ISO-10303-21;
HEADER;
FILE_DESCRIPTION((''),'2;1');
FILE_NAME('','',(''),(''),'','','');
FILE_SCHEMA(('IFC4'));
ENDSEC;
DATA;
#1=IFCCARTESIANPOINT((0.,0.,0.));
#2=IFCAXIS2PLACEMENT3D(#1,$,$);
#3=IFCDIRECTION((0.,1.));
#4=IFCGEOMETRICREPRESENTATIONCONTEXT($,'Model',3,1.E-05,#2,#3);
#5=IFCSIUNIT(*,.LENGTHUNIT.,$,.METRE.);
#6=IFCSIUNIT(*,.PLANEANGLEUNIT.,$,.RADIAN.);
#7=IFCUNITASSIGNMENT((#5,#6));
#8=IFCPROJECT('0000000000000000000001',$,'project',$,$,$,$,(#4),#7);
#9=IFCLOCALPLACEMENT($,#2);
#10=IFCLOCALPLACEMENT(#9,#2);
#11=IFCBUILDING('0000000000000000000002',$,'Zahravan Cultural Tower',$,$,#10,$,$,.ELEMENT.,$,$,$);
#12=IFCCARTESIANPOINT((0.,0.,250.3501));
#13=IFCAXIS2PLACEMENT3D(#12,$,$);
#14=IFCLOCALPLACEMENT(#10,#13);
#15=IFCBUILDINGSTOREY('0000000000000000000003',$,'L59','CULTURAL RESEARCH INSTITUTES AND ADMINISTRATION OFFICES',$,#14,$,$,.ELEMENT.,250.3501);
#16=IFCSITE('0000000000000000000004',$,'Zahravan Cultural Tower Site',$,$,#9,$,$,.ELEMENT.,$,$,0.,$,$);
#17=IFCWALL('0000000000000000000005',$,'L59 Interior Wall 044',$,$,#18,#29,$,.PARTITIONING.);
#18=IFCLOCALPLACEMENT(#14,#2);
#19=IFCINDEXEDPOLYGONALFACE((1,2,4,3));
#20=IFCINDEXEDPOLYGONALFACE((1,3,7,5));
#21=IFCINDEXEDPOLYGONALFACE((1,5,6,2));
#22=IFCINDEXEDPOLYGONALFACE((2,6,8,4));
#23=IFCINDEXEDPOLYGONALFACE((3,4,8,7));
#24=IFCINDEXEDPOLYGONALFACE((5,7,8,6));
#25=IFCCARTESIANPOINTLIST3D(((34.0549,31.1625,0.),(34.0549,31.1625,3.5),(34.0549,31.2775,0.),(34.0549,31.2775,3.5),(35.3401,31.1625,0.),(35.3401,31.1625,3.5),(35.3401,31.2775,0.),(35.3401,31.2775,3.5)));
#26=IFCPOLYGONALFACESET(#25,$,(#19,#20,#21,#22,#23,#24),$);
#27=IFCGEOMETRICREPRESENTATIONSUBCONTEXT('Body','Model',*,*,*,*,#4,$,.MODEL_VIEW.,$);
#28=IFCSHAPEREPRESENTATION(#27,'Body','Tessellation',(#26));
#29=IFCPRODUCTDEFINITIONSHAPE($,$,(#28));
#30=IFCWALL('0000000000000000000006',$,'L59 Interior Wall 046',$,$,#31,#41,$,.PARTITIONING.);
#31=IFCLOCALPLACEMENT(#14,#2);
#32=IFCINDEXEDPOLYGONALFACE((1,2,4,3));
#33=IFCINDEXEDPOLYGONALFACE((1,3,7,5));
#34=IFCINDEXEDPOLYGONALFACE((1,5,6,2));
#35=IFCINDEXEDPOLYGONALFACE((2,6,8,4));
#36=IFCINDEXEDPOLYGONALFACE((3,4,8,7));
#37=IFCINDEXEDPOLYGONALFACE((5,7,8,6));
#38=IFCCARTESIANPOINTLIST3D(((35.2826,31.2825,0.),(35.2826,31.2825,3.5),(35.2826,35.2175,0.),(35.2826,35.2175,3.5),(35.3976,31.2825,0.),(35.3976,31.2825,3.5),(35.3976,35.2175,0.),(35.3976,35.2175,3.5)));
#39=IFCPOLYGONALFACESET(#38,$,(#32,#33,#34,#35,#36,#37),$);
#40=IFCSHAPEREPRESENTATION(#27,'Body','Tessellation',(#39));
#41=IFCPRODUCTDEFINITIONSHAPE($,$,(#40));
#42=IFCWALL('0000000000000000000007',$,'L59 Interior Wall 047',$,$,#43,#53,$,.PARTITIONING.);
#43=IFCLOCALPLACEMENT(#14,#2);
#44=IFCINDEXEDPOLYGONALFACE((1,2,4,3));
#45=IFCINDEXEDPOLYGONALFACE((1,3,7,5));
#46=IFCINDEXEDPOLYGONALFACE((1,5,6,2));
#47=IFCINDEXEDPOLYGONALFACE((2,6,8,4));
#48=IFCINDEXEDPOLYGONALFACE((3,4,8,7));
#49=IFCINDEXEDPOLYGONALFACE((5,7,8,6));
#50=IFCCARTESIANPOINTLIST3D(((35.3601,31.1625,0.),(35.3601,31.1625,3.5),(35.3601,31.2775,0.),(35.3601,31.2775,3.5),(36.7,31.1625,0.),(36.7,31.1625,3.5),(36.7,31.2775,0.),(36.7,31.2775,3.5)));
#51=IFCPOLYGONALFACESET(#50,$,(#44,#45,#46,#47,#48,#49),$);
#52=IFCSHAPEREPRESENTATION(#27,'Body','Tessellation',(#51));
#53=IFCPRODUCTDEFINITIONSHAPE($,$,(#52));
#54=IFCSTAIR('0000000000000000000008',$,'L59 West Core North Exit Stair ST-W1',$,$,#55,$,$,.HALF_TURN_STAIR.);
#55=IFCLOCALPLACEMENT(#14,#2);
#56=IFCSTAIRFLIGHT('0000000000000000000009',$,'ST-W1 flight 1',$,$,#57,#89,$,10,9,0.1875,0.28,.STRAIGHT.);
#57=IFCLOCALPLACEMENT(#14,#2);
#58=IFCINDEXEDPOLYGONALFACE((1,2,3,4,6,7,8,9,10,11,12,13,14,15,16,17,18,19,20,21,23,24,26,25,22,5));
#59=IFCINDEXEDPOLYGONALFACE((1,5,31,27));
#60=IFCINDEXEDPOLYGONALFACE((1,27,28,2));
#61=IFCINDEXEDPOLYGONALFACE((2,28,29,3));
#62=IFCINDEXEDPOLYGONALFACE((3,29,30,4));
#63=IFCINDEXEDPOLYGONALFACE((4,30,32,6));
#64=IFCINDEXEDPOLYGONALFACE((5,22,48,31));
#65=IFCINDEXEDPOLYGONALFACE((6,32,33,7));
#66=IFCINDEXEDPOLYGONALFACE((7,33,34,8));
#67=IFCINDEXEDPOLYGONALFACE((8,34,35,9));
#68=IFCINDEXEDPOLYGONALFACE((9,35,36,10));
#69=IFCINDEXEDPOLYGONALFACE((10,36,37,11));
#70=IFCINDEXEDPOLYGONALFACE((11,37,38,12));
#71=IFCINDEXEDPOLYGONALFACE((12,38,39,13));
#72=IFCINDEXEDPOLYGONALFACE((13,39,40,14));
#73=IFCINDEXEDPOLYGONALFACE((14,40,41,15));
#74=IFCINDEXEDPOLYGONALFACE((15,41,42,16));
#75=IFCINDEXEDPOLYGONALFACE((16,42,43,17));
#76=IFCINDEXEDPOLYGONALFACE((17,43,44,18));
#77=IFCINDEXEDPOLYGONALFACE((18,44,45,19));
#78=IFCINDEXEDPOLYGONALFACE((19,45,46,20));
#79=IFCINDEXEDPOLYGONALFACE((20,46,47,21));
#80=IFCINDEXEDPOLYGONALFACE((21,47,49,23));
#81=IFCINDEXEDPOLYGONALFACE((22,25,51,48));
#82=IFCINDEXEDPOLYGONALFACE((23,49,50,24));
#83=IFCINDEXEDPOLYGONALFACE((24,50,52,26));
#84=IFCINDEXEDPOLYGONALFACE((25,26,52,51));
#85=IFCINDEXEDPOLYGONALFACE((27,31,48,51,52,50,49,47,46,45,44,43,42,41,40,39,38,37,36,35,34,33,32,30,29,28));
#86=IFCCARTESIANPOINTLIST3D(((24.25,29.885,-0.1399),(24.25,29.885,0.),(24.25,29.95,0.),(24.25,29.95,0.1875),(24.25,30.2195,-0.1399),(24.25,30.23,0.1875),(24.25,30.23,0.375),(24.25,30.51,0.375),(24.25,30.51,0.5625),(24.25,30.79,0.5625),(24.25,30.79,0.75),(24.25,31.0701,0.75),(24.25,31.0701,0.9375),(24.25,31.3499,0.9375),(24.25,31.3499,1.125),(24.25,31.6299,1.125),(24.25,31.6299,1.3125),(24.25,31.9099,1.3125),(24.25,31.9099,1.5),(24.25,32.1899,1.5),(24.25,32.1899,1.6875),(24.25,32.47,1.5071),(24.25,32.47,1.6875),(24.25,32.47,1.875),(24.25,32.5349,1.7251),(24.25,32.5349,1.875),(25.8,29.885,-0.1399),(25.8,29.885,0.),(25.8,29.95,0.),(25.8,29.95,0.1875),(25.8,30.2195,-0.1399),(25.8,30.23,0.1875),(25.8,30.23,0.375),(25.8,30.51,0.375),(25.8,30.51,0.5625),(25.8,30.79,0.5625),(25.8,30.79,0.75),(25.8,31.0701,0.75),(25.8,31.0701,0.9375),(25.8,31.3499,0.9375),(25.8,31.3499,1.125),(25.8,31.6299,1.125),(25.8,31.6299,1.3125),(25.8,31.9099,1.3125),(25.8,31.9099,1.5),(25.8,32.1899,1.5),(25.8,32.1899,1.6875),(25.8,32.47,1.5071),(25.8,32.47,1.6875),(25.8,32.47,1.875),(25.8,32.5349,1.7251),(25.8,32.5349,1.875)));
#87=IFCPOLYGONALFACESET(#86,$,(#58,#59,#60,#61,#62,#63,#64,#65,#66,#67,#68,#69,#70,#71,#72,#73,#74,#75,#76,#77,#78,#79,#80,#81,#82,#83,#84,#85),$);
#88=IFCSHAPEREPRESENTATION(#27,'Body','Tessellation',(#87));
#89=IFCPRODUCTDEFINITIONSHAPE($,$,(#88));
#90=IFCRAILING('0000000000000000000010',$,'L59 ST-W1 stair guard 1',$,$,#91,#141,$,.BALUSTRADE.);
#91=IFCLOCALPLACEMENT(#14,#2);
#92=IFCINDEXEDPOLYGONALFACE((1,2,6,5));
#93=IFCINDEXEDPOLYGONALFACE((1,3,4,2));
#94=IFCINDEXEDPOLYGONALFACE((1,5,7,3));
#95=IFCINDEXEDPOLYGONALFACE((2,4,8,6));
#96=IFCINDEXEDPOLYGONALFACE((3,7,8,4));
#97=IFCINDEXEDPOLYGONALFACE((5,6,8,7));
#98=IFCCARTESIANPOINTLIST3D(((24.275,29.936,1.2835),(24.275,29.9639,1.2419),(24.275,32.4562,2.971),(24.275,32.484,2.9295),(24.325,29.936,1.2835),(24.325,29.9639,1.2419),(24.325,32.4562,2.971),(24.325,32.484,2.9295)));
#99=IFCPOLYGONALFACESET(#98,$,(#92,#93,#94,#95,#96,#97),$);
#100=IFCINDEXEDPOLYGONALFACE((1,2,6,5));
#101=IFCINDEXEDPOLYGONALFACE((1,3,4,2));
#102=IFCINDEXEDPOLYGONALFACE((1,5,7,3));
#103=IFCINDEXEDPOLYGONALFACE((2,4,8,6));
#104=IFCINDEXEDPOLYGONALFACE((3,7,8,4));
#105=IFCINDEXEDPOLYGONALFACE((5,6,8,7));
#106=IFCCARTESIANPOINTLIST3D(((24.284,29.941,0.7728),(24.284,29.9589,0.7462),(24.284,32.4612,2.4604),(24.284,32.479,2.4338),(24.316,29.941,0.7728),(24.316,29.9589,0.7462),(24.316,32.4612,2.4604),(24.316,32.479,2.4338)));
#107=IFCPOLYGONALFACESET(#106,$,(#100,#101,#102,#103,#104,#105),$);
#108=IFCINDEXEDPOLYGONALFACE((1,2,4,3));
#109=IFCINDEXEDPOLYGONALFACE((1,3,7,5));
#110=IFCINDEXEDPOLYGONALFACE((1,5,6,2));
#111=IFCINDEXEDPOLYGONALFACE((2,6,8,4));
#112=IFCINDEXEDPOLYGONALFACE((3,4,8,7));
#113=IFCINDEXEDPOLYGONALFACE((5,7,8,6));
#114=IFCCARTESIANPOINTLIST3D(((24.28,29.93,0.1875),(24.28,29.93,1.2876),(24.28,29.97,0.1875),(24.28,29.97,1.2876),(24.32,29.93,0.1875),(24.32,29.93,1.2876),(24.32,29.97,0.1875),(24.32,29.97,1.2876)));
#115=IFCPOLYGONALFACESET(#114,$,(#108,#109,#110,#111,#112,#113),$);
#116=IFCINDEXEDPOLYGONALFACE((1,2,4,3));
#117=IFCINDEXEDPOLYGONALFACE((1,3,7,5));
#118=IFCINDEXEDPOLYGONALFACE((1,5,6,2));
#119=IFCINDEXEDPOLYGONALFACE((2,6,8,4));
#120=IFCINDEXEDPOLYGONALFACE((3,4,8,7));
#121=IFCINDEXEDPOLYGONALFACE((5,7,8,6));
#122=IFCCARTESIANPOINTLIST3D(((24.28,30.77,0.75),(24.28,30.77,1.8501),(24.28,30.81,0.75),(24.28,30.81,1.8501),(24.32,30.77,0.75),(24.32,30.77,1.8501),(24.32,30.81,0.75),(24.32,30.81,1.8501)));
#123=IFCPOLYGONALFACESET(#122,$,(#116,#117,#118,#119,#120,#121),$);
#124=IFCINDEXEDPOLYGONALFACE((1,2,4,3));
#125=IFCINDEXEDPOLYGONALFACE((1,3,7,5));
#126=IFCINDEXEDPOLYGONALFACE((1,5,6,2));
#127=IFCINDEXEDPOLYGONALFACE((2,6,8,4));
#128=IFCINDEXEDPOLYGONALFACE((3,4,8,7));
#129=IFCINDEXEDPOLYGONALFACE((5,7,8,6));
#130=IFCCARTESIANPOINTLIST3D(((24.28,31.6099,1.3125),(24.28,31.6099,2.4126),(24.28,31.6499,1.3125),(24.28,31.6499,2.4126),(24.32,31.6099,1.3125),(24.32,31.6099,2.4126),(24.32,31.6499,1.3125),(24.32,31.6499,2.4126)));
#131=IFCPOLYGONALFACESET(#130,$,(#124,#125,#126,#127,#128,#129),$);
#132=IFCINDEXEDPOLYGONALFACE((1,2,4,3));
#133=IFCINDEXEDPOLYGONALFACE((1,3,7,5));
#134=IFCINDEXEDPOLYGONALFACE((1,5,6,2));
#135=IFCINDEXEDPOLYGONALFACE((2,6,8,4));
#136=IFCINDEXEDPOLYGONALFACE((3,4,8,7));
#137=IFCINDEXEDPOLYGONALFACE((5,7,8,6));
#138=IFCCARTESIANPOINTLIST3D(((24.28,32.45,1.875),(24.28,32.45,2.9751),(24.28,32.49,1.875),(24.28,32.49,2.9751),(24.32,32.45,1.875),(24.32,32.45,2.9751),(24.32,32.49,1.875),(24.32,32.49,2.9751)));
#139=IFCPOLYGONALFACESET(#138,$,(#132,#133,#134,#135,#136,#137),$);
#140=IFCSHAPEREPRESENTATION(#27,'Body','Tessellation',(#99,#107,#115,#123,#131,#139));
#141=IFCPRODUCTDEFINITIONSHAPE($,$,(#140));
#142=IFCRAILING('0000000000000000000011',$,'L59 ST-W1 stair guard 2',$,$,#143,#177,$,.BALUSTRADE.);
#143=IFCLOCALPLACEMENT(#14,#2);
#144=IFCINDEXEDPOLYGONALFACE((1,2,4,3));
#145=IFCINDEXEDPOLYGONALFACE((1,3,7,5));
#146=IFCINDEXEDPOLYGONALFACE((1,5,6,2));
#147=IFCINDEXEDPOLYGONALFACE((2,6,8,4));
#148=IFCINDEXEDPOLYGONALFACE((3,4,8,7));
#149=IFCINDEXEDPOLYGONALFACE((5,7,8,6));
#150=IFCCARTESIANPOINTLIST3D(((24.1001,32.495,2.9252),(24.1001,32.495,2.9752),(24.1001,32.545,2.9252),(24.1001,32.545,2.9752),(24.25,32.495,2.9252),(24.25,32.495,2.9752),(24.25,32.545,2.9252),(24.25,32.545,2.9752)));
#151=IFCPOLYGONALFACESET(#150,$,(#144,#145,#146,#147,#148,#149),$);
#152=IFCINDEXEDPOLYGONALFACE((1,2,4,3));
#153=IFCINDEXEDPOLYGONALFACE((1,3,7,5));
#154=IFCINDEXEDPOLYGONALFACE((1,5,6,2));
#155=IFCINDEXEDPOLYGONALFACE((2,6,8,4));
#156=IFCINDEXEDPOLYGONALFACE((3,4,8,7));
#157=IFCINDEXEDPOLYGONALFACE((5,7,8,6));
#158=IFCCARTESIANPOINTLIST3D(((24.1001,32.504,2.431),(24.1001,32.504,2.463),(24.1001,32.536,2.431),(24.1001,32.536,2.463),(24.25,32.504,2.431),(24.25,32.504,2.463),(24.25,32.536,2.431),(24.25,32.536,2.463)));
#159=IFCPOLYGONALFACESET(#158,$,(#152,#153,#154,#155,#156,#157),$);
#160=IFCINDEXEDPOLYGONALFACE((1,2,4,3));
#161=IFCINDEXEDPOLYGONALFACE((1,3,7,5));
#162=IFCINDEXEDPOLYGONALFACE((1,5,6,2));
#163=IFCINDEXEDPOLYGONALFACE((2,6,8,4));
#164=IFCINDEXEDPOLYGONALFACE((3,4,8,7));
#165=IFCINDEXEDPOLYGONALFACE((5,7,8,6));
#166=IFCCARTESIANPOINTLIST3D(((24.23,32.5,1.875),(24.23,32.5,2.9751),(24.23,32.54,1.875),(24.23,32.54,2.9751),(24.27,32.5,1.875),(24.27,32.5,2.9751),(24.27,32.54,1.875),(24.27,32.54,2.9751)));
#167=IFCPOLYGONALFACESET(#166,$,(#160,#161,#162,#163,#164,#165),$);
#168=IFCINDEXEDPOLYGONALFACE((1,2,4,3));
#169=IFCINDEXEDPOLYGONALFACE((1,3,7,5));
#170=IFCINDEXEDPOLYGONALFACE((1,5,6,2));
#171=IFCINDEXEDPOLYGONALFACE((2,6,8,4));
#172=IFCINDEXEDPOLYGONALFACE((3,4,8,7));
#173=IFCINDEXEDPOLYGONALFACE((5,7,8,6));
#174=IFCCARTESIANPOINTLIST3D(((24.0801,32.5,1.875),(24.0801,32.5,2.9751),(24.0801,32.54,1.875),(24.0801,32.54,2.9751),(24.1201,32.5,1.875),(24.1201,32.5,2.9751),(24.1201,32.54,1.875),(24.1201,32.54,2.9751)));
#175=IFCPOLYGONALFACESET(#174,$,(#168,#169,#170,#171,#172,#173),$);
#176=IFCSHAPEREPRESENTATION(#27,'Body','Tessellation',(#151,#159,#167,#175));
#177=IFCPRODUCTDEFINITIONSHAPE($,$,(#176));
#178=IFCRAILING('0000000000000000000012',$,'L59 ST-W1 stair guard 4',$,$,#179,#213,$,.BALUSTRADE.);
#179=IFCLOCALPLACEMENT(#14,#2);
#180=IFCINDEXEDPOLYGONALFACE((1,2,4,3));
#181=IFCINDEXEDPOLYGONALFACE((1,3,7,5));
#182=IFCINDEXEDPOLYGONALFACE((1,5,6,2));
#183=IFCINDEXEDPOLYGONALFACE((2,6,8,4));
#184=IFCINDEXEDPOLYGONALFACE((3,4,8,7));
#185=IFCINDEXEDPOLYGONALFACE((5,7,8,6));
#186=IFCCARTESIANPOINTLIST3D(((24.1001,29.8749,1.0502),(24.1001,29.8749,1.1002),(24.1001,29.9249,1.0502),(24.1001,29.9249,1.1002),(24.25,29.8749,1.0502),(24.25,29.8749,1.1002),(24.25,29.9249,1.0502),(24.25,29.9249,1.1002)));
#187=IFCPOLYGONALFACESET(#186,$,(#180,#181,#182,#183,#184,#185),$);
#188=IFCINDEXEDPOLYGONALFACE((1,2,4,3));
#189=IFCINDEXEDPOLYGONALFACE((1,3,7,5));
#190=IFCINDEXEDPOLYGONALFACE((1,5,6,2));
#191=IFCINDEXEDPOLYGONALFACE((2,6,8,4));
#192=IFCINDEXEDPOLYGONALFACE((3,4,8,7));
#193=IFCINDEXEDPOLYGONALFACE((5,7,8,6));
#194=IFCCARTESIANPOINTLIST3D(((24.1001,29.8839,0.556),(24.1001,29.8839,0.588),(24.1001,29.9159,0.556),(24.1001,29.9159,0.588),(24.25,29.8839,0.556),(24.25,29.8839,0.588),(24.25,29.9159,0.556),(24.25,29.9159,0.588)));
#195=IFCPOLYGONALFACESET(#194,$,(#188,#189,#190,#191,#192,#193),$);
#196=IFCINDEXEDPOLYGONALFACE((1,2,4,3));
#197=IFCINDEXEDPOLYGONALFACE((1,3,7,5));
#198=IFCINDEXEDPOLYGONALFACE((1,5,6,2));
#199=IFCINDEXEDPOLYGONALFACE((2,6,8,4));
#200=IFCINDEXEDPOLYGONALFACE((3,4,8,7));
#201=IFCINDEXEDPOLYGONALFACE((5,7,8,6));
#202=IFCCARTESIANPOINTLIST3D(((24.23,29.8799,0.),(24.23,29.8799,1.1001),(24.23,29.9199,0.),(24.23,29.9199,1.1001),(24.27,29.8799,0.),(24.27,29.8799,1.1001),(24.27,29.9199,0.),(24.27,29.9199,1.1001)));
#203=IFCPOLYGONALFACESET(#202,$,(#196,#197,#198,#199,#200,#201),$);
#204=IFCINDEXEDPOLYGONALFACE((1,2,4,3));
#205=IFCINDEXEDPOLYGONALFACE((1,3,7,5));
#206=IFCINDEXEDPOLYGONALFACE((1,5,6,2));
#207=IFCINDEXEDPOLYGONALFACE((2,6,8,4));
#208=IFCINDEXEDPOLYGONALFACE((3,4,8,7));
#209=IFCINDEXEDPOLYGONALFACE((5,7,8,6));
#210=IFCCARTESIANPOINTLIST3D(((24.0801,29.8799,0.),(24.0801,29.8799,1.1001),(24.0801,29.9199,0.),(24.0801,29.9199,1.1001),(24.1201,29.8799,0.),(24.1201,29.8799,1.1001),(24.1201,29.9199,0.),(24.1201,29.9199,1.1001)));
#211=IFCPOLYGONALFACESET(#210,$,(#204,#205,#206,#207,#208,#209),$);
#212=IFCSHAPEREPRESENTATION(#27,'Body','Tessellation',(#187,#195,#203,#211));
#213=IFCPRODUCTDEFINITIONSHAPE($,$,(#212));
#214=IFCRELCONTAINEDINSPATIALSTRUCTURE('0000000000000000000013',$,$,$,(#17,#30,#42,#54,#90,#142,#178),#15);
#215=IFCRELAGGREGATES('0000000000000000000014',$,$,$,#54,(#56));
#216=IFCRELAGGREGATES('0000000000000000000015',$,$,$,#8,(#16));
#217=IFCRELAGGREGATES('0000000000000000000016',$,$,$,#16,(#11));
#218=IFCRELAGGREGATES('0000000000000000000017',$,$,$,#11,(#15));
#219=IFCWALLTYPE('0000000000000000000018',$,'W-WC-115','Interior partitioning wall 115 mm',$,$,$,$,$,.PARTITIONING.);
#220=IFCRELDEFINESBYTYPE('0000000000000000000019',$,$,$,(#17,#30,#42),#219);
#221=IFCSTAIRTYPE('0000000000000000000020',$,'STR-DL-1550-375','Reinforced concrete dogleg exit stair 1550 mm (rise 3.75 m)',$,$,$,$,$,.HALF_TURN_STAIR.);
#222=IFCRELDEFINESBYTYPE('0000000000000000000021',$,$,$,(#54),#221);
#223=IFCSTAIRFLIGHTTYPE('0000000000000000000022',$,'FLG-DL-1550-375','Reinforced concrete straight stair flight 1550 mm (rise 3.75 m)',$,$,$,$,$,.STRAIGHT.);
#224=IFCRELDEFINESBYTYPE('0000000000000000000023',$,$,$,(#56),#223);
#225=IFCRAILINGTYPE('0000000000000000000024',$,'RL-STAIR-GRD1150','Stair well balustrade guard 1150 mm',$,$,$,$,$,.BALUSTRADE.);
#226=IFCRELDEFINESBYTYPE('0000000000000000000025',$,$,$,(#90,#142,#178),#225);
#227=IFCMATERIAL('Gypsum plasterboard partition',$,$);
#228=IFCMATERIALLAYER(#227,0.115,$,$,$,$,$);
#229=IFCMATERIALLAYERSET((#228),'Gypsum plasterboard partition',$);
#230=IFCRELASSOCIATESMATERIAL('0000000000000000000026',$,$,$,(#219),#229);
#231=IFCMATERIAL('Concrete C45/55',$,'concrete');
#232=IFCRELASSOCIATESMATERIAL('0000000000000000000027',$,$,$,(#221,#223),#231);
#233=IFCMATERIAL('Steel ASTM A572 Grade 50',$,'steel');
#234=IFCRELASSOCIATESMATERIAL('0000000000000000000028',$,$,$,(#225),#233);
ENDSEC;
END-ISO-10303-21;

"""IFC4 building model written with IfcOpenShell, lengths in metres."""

from ifc_helpers import new_model, si_unit, direction, frame, frame_2d, origin, origin_2d, place, context, subcontext, project, spatial, polyline, rectangle, outline, extrude, source, transform, mapped, material, layer, layer_set, type_object, element, aggregate, save


model = new_model("IFC4")

# Units and contexts
model_context = context("Model", 3, precision=1e-05, world=origin(), true_north=direction((0.0, 1.0)))
body_context = subcontext(model_context, "Body", "Model", "MODEL_VIEW")
ifc_project = project(units=[si_unit("LENGTHUNIT", "METRE"), si_unit("PLANEANGLEUNIT", "RADIAN")], contexts=[model_context])

# Site, building, storey
site_placement = place(None, origin())
site = spatial("IfcSite", under=ifc_project, at=site_placement, Name="Zahravan Cultural Tower Site", CompositionType="ELEMENT", RefElevation=0.0)
building_placement = place(site_placement, origin())
building = spatial("IfcBuilding", under=site, at=building_placement, Name="Zahravan Cultural Tower", CompositionType="ELEMENT")
storey_placement = place(building_placement, frame((0.0, 0.0, 250.3501)))
storey = spatial("IfcBuildingStorey", under=building, at=storey_placement, Name="L59", Description="CULTURAL RESEARCH INSTITUTES AND ADMINISTRATION OFFICES", CompositionType="ELEMENT", Elevation=250.3501)

# Shared definitions
ifc_material_1 = material(Name="Concrete C45/55", Category="concrete")
ifc_material_2 = material(Name="Steel ASTM A572 Grade 50", Category="steel")
ifc_material_3 = material(Name="Gypsum plasterboard partition")
ifc_layer_1 = layer(ifc_material_3, 0.115)
ifc_layer_set_1 = layer_set([ifc_layer_1], Name="Gypsum plasterboard partition")
wall_type_1 = type_object("IfcWallType", Name="W-WC-115", Description="Interior partitioning wall 115 mm", PredefinedType="PARTITIONING", material=ifc_layer_set_1)

# Walls
shared_shape_1 = source(origin(), body_context, "Body", "SweptSolid", [
    extrude(rectangle(XDim=1.2852, YDim=0.115, at=frame_2d((0.6426, 0.0))), origin(), (0.0, 0.0, 1.0), 3.5),
])
wall_1_placement = place(storey_placement, frame((35.3401, 31.22, 0.0), z_axis=(0.0, 0.0, 1.0), x_axis=(-1.0, 0.0, 0.0)))
element("IfcWall", 1, at=wall_1_placement, inside=storey, type_object=wall_type_1, Name="L59 Interior Wall 044", PredefinedType="PARTITIONING", context=body_context, shape_type="MappedRepresentation", body=[
    mapped(shared_shape_1, transform((0.0, 0.0, 0.0), x_axis=(1.0, 0.0, 0.0), y_axis=(0.0, 1.0, 0.0), z_axis=(0.0, 0.0, 1.0), scale=1.0)),
])
shared_shape_2 = source(origin(), body_context, "Body", "SweptSolid", [
    extrude(rectangle(XDim=3.9351, YDim=0.115, at=frame_2d((1.9675, 0.0))), origin(), (0.0, 0.0, 1.0), 3.5),
])
wall_2_placement = place(storey_placement, frame((35.3401, 35.2175, 0.0), z_axis=(0.0, 0.0, 1.0), x_axis=(0.0, -1.0, 0.0)))
element("IfcWall", 2, at=wall_2_placement, inside=storey, type_object=wall_type_1, Name="L59 Interior Wall 046", PredefinedType="PARTITIONING", context=body_context, shape_type="MappedRepresentation", body=[
    mapped(shared_shape_2, transform((0.0, 0.0, 0.0), x_axis=(1.0, 0.0, 0.0), y_axis=(0.0, 1.0, 0.0), z_axis=(0.0, 0.0, 1.0), scale=1.0)),
])
shared_shape_3 = source(origin(), body_context, "Body", "SweptSolid", [
    extrude(rectangle(XDim=1.3398, YDim=0.115, at=frame_2d((0.6699, 0.0))), origin(), (0.0, 0.0, 1.0), 3.5),
])
wall_3_placement = place(storey_placement, frame((36.7, 31.22, 0.0), z_axis=(0.0, 0.0, 1.0), x_axis=(-1.0, 0.0, 0.0)))
element("IfcWall", 3, at=wall_3_placement, inside=storey, type_object=wall_type_1, Name="L59 Interior Wall 047", PredefinedType="PARTITIONING", context=body_context, shape_type="MappedRepresentation", body=[
    mapped(shared_shape_3, transform((0.0, 0.0, 0.0), x_axis=(1.0, 0.0, 0.0), y_axis=(0.0, 1.0, 0.0), z_axis=(0.0, 0.0, 1.0), scale=1.0)),
])

# Stair, stair flight
stair_type = type_object("IfcStairType", Name="STR-DL-1550-375", Description="Reinforced concrete dogleg exit stair 1550 mm (rise 3.75 m)", PredefinedType="HALF_TURN_STAIR", material=ifc_material_1)
stair_placement = place(storey_placement, origin())
stair = element("IfcStair", 4, at=stair_placement, inside=storey, type_object=stair_type, Name="L59 West Core North Exit Stair ST-W1", PredefinedType="HALF_TURN_STAIR")
stair_flight_type = type_object("IfcStairFlightType", Name="FLG-DL-1550-375", Description="Reinforced concrete straight stair flight 1550 mm (rise 3.75 m)", PredefinedType="STRAIGHT", material=ifc_material_1)
stair_flight_placement = place(storey_placement, frame((25.0249, 29.95, 0.0), z_axis=(0.0, 0.0, 1.0), x_axis=(0.0, 1.0, 0.0)))
stair_flight = element("IfcStairFlight", 5, at=stair_flight_placement, type_object=stair_flight_type, Name="ST-W1 flight 1", NumberOfRisers=10, NumberOfTreads=9, PredefinedType="STRAIGHT", RiserHeight=0.1875, TreadLength=0.28, context=body_context, shape_type="SweptSolid", body=[
    extrude(outline(polyline([(-0.0649, -0.1399), (-0.0649, 0.0), (0.0, 0.0), (0.0, 0.1875), (0.28, 0.1875), (0.28, 0.375), (0.5601, 0.375), (0.5601, 0.5625), (0.8401, 0.5625), (0.8401, 0.75), (1.1201, 0.75), (1.1201, 0.9375), (1.3999, 0.9375), (1.3999, 1.125), (1.6799, 1.125), (1.6799, 1.3125), (1.96, 1.3125), (1.96, 1.5), (2.24, 1.5), (2.24, 1.6875), (2.52, 1.6875), (2.52, 1.875), (2.585, 1.875), (2.585, 1.7251), (2.52, 1.5071), (0.2695, -0.1399), (-0.0649, -0.1399)])), frame((0.0, 0.7749, 0.0), z_axis=(0.0, -1.0, 0.0), x_axis=(1.0, 0.0, 0.0)), (0.0, 0.0, 1.0), 1.55),
])
aggregate(stair, [stair_flight])

# Railings
railing_type_1 = type_object("IfcRailingType", Name="RL-STAIR-GRD1150", Description="Stair well balustrade guard 1150 mm", PredefinedType="BALUSTRADE", material=ifc_material_2)
railing_1_placement = place(storey_placement, frame((24.3, 29.95, 0.1875)))
element("IfcRailing", 6, at=railing_1_placement, inside=storey, type_object=railing_type_1, Name="L59 ST-W1 stair guard 1", PredefinedType="BALUSTRADE", context=body_context, shape_type="SweptSolid", body=[
    extrude(rectangle(XDim=0.05, YDim=0.05, at=origin_2d()), frame((0.0, 0.0, 1.0752), z_axis=(0.0, 0.830909, 0.556408), x_axis=(-1.0, 0.0, 0.0)), (0.0, 0.0, 1.0), 3.033),
    extrude(rectangle(XDim=0.032, YDim=0.032, at=origin_2d()), frame((0.0, 0.0, 0.572), z_axis=(0.0, 0.830909, 0.556408), x_axis=(-1.0, 0.0, 0.0)), (0.0, 0.0, 1.0), 3.033),
    extrude(rectangle(XDim=0.04, YDim=0.04, at=origin_2d()), origin(), (0.0, 0.0, 1.0), 1.1001),
    extrude(rectangle(XDim=0.04, YDim=0.04, at=origin_2d()), frame((0.0, 0.8401, 0.5625)), (0.0, 0.0, 1.0), 1.1001),
    extrude(rectangle(XDim=0.04, YDim=0.04, at=origin_2d()), frame((0.0, 1.6799, 1.125)), (0.0, 0.0, 1.0), 1.1001),
    extrude(rectangle(XDim=0.04, YDim=0.04, at=origin_2d()), frame((0.0, 2.52, 1.6875)), (0.0, 0.0, 1.0), 1.1001),
])
for number, where, name in (
    (7, (24.25, 32.52, 1.875), "L59 ST-W1 stair guard 2"),
    (8, (24.25, 29.8999, 0.0), "L59 ST-W1 stair guard 4"),
):
    element("IfcRailing", number, at=place(storey_placement, frame(where)), inside=storey, type_object=railing_type_1, Name=name, PredefinedType="BALUSTRADE", context=body_context, shape_type="SweptSolid", body=[
        extrude(rectangle(XDim=0.05, YDim=0.05, at=origin_2d()), frame((0.0, 0.0, 1.0752), z_axis=(-1.0, 0.0, 0.0), x_axis=(0.0, -1.0, 0.0)), (0.0, 0.0, 1.0), 0.1499),
        extrude(rectangle(XDim=0.032, YDim=0.032, at=origin_2d()), frame((0.0, 0.0, 0.572), z_axis=(-1.0, 0.0, 0.0), x_axis=(0.0, -1.0, 0.0)), (0.0, 0.0, 1.0), 0.1499),
        extrude(rectangle(XDim=0.04, YDim=0.04, at=origin_2d()), origin(), (0.0, 0.0, 1.0), 1.1001),
        extrude(rectangle(XDim=0.04, YDim=0.04, at=origin_2d()), frame((-0.1499, 0.0, 0.0)), (0.0, 0.0, 1.0), 1.1001),
    ])

save(model, "model.ifc")
